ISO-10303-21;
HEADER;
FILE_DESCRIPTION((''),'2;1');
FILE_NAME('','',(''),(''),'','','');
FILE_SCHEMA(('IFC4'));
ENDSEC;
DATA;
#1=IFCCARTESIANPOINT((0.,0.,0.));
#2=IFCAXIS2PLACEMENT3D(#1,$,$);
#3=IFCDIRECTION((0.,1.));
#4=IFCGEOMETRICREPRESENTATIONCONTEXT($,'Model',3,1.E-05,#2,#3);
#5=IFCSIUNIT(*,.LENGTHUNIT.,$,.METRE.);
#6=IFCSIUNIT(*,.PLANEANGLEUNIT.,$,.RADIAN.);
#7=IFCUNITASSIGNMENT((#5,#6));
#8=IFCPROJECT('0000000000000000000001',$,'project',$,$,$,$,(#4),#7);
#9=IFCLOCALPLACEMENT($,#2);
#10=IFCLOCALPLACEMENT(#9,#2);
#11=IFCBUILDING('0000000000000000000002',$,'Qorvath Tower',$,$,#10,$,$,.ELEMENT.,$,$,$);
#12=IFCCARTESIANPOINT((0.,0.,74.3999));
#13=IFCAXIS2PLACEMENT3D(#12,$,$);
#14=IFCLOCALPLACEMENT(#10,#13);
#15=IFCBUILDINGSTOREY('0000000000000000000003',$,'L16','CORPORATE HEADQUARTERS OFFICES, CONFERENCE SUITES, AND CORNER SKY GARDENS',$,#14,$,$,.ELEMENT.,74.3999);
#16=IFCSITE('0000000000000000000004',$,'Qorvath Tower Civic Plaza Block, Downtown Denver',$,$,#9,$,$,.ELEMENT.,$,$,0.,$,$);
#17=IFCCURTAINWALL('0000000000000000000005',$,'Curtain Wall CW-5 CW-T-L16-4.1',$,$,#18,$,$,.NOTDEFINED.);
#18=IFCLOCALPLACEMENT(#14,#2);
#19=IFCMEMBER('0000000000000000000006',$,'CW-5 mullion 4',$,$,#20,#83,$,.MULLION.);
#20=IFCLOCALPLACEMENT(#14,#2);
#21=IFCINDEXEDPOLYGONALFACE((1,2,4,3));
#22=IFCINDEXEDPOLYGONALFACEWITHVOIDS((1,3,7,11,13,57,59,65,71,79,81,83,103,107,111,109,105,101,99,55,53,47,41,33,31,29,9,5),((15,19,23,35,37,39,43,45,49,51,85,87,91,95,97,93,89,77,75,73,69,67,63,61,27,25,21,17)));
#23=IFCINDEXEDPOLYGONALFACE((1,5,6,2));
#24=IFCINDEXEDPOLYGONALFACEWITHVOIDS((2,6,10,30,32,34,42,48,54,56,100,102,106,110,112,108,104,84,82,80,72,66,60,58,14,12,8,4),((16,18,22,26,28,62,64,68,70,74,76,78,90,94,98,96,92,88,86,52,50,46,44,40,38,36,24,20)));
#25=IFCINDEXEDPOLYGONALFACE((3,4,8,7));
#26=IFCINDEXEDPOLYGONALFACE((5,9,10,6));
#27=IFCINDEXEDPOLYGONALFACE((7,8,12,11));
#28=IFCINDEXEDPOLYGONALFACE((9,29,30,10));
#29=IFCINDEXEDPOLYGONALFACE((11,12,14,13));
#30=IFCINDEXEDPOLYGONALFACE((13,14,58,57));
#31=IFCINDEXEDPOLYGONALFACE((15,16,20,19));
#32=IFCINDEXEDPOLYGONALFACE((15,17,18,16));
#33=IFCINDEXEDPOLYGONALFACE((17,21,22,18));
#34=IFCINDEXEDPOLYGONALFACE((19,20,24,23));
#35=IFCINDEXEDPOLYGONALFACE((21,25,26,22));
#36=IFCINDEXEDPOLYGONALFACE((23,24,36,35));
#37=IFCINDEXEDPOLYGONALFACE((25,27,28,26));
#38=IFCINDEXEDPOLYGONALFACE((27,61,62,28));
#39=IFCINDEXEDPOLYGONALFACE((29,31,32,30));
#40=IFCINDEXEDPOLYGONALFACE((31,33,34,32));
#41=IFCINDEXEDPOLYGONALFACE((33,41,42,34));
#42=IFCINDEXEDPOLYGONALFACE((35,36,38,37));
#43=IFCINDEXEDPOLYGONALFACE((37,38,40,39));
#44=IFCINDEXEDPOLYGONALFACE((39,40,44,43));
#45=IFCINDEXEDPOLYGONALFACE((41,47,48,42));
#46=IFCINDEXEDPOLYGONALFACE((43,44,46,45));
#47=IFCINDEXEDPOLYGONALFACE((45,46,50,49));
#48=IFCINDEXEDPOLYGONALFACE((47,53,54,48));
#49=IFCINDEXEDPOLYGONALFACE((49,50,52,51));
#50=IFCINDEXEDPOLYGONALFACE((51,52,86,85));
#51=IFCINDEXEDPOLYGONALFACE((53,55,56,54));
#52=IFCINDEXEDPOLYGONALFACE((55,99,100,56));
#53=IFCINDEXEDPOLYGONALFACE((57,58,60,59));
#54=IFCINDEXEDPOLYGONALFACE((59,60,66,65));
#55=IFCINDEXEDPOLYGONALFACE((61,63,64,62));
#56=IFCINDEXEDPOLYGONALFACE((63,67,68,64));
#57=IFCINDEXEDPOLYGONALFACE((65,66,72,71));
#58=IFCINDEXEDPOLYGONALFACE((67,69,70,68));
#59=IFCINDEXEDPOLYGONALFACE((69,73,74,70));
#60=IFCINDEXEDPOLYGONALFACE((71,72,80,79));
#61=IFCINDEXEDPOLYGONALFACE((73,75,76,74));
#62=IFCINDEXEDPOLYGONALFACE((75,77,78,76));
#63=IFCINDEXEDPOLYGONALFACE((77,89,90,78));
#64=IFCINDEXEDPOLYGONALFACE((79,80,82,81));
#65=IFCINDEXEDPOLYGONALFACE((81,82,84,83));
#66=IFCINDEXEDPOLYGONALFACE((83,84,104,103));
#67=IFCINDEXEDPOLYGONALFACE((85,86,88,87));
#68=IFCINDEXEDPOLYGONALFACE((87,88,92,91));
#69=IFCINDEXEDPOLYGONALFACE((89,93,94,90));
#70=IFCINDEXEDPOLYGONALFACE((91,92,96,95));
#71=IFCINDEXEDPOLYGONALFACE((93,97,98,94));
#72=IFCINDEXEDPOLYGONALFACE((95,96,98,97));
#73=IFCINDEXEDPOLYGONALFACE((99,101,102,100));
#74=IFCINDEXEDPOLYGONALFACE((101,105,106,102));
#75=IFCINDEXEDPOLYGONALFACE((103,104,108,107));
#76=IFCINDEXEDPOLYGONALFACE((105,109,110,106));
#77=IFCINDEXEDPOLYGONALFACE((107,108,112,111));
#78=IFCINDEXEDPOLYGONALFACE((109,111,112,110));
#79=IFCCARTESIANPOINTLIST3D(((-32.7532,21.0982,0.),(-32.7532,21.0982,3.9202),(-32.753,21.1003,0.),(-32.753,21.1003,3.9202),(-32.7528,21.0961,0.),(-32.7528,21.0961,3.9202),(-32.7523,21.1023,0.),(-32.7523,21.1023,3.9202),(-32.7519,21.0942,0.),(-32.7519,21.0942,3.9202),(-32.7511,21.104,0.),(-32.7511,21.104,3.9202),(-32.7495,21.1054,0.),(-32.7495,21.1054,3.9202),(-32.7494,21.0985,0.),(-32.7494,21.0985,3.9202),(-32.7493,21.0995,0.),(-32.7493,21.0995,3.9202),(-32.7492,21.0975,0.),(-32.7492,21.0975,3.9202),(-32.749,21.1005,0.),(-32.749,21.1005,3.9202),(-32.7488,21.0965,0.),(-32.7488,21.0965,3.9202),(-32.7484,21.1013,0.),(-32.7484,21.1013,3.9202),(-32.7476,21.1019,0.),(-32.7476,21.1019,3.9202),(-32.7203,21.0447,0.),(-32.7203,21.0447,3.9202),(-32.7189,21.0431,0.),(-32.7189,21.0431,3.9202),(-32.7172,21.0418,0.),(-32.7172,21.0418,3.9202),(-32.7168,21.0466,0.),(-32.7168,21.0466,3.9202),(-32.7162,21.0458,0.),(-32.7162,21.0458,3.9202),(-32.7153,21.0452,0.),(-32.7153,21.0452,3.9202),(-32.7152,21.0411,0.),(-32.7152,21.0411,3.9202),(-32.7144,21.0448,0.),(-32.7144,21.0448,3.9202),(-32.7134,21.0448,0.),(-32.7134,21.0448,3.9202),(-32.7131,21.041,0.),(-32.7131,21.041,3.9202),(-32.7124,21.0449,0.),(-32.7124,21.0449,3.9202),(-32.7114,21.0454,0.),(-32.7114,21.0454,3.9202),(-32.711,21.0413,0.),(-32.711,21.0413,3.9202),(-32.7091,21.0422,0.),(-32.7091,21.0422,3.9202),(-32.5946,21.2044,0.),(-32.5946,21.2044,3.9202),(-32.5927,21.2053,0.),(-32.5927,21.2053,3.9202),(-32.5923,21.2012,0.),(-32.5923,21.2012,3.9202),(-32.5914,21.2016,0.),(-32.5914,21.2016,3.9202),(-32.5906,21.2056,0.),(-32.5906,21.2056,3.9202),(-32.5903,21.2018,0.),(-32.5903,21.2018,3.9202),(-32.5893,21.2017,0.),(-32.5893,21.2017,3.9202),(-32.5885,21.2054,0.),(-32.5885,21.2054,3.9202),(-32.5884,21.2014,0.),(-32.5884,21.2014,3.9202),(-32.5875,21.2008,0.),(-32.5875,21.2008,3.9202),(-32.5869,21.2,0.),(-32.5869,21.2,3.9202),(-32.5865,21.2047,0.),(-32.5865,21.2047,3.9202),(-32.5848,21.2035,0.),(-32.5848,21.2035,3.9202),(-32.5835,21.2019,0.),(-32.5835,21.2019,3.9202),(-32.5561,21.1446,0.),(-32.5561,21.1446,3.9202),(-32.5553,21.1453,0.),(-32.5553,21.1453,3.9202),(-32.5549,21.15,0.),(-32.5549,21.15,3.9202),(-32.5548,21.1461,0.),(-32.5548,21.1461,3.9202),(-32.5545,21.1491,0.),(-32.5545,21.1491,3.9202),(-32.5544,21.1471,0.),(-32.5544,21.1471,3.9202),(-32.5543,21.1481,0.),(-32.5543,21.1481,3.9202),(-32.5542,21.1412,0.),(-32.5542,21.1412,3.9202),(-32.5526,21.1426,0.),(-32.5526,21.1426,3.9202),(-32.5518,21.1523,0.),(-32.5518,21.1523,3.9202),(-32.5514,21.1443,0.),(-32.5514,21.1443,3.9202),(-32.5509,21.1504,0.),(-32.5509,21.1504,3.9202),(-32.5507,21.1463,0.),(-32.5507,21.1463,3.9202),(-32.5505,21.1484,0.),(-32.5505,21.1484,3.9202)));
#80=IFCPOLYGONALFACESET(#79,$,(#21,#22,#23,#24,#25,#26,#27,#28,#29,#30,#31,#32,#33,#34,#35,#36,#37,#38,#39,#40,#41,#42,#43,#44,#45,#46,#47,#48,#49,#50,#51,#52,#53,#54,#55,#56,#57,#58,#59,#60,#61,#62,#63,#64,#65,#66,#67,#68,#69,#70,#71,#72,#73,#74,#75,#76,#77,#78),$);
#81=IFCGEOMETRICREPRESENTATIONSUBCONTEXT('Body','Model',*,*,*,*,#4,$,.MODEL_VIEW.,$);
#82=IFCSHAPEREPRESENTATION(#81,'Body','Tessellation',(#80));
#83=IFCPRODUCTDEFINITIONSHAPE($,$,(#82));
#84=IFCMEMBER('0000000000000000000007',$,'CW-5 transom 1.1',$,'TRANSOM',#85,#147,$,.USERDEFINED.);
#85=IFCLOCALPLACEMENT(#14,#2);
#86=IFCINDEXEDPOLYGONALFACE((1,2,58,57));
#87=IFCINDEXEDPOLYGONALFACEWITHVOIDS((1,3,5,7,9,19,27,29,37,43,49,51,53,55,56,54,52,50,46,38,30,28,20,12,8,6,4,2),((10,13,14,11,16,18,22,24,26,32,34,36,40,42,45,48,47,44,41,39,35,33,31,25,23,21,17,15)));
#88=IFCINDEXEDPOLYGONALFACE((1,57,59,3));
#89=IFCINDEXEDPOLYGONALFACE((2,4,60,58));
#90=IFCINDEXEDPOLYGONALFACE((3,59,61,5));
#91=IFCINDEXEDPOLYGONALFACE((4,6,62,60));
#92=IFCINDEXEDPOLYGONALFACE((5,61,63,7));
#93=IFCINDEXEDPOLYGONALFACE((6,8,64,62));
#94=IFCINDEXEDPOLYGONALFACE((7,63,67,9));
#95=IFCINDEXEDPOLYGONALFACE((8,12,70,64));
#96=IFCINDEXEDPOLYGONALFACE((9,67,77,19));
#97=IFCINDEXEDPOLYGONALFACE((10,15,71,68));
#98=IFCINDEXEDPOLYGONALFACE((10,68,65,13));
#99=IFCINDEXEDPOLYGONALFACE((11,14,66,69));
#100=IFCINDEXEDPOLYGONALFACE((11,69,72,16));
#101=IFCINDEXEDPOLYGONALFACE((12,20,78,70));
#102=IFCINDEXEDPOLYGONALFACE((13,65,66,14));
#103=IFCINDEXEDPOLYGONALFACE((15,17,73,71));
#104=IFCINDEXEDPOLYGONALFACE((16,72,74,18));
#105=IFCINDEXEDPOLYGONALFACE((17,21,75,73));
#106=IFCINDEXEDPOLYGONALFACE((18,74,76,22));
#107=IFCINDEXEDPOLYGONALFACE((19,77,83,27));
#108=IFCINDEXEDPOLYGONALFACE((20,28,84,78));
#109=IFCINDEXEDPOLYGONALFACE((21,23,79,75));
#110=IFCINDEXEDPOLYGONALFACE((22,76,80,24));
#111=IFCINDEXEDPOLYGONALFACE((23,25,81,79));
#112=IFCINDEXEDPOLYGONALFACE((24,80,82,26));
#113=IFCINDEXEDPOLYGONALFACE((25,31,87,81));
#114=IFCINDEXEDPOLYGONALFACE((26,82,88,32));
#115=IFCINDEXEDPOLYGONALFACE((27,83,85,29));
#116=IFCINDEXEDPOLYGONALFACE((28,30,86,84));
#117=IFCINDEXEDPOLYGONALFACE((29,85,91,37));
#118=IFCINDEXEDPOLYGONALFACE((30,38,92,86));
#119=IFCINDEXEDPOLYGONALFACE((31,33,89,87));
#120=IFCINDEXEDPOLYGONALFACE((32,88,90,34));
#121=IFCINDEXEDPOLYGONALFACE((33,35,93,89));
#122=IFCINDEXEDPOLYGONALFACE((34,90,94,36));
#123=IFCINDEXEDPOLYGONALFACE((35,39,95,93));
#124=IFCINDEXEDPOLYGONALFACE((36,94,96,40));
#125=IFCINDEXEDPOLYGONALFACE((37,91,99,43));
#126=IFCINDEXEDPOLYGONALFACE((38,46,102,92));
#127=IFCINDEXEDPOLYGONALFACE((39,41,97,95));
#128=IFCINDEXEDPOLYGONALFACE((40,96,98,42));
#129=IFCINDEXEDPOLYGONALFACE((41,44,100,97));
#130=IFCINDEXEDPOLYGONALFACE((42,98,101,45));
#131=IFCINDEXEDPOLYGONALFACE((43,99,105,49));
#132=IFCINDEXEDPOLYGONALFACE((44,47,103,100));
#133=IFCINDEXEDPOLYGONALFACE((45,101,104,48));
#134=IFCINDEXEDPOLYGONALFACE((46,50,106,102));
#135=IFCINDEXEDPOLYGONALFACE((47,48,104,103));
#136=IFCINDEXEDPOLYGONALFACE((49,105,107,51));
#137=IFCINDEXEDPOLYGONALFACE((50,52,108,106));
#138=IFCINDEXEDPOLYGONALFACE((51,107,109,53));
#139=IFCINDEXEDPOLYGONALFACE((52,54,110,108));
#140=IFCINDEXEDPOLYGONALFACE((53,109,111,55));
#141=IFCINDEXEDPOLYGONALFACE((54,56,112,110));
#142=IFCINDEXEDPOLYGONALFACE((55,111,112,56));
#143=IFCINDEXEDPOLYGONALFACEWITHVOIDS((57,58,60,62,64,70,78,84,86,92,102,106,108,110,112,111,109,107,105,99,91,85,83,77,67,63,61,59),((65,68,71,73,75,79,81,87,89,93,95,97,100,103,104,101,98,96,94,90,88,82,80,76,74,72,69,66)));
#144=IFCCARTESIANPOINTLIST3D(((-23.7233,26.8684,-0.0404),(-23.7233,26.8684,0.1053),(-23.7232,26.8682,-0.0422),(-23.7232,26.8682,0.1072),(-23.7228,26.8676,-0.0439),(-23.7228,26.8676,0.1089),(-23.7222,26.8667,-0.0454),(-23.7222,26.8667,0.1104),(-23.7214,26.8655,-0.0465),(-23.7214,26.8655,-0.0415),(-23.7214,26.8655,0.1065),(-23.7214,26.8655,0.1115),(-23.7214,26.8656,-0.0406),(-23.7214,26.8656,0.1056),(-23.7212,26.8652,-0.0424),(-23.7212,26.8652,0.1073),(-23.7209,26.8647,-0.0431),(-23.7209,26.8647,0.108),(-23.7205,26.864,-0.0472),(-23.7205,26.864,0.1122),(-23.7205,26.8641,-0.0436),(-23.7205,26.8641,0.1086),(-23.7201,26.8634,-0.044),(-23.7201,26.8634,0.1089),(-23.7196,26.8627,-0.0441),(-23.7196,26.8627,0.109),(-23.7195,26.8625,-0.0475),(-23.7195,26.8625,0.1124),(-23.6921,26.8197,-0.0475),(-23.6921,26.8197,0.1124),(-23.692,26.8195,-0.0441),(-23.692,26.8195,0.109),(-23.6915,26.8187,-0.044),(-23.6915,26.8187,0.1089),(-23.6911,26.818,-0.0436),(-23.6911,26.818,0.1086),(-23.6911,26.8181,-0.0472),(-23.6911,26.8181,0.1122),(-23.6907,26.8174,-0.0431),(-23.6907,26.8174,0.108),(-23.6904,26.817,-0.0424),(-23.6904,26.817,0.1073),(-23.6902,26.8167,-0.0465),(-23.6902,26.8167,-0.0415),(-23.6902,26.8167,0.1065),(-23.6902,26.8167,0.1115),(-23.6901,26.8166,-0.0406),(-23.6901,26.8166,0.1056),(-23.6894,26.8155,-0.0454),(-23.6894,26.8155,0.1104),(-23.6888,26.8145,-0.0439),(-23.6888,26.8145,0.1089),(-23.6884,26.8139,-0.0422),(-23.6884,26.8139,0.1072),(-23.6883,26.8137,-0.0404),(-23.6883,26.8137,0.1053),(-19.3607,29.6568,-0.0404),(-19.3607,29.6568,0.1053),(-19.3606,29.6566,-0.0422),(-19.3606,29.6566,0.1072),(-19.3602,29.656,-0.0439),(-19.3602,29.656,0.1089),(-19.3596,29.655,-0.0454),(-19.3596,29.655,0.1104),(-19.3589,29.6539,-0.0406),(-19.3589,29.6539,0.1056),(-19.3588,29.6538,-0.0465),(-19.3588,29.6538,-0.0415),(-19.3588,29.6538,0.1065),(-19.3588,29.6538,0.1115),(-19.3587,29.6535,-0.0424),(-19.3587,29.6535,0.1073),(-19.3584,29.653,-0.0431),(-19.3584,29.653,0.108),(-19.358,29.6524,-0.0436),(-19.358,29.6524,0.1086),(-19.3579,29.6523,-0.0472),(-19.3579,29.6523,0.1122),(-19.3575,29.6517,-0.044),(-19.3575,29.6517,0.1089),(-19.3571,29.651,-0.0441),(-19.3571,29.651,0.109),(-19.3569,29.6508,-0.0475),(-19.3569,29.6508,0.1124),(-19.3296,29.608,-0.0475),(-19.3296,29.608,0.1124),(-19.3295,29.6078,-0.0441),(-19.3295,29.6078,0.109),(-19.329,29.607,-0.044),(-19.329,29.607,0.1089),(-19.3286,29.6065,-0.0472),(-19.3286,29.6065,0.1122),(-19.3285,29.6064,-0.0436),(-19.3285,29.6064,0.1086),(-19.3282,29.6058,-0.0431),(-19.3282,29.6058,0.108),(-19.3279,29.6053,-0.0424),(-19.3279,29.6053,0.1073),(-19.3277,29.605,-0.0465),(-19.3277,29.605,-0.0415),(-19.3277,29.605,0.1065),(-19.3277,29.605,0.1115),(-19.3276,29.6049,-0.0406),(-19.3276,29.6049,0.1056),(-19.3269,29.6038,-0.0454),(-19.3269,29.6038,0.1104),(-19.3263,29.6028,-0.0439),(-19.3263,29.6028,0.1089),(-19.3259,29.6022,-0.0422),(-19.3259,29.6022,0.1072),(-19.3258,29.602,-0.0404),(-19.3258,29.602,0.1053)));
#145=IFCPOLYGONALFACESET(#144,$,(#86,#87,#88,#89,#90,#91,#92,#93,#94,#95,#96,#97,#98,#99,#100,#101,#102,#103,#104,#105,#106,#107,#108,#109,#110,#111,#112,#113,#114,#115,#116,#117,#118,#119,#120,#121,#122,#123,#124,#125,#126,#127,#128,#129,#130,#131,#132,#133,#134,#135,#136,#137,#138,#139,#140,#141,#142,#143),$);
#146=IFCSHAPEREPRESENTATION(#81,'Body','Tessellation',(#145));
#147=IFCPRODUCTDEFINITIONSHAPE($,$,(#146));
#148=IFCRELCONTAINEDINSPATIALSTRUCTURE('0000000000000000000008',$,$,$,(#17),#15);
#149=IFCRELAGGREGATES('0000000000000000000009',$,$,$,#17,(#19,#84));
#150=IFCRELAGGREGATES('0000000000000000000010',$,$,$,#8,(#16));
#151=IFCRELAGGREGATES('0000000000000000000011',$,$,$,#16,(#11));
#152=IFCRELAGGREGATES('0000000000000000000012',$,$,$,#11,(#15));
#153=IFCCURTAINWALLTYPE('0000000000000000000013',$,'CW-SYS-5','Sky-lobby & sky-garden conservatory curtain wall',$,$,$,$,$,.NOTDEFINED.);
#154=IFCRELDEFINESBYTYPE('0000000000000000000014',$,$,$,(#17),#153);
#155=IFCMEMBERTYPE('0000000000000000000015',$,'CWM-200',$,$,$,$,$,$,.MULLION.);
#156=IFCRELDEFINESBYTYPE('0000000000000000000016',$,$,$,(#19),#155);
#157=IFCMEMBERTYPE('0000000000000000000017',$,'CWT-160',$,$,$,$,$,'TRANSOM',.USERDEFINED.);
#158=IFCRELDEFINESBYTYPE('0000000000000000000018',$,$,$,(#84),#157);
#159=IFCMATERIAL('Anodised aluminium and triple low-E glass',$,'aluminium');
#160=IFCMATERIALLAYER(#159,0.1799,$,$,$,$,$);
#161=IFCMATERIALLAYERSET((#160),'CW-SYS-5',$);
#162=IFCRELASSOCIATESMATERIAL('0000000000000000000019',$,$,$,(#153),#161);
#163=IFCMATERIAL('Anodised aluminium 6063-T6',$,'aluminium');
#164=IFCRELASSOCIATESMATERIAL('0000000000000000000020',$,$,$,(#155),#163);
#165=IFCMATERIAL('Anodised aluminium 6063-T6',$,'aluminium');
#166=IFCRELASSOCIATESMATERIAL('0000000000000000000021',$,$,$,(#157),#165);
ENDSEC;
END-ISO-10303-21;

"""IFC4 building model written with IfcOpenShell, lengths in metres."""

from ifc_helpers import new_model, si_unit, direction, frame, origin, origin_2d, place, context, subcontext, project, spatial, hollow_rectangle, extrude, material, layer, layer_set, material_profile, profile_set, type_object, element, aggregate, save


model = new_model("IFC4")

# Units and contexts
model_context = context("Model", 3, precision=1e-05, world=origin(), true_north=direction((0.0, 1.0)))
body_context = subcontext(model_context, "Body", "Model", "MODEL_VIEW")
ifc_project = project(units=[si_unit("LENGTHUNIT", "METRE"), si_unit("PLANEANGLEUNIT", "RADIAN")], contexts=[model_context])

# Site, building, storey
site_placement = place(None, origin())
site = spatial("IfcSite", under=ifc_project, at=site_placement, Name="Qorvath Tower Civic Plaza Block, Downtown Denver", CompositionType="ELEMENT", RefElevation=0.0)
building_placement = place(site_placement, origin())
building = spatial("IfcBuilding", under=site, at=building_placement, Name="Qorvath Tower", CompositionType="ELEMENT")
storey_placement = place(building_placement, frame((0.0, 0.0, 74.3999)))
storey = spatial("IfcBuildingStorey", under=building, at=storey_placement, Name="L16", Description="CORPORATE HEADQUARTERS OFFICES, CONFERENCE SUITES, AND CORNER SKY GARDENS", CompositionType="ELEMENT", Elevation=74.3999)

# Curtain wall, members
ifc_material_1 = material(Name="Anodised aluminium and triple low-E glass", Category="aluminium")
ifc_layer_1 = layer(ifc_material_1, 0.1799)
ifc_layer_set_1 = layer_set([ifc_layer_1], Name="CW-SYS-5")
curtain_wall_type = type_object("IfcCurtainWallType", Name="CW-SYS-5", Description="Sky-lobby & sky-garden conservatory curtain wall", PredefinedType="NOTDEFINED", material=ifc_layer_set_1)
curtain_wall_placement = place(storey_placement, origin())
curtain_wall = element("IfcCurtainWall", 1, at=curtain_wall_placement, inside=storey, type_object=curtain_wall_type, Name="Curtain Wall CW-5 CW-T-L16-4.1", PredefinedType="NOTDEFINED")
ifc_material_2 = material(Name="Anodised aluminium 6063-T6", Category="aluminium")
ifc_material_profile_1 = material_profile(ifc_material_2, hollow_rectangle(XDim=0.075, YDim=0.2, WallThickness=0.0039, InnerFilletRadius=0.0039, OuterFilletRadius=0.0081, at=origin_2d()), Name="CWM 200x75")
ifc_profile_set_1 = profile_set([ifc_material_profile_1], Name="Anodised aluminium 6063-T6")
member_type_1 = type_object("IfcMemberType", Name="CWM-200", PredefinedType="MULLION", material=ifc_profile_set_1)
member_1_placement = place(storey_placement, frame((-32.6519, 21.1233, 0.0), z_axis=(0.0, 0.0, 1.0), x_axis=(0.538533, -0.842604, 0.0)))
member_1 = element("IfcMember", 2, at=member_1_placement, type_object=member_type_1, Name="CW-5 mullion 4", PredefinedType="MULLION", context=body_context, shape_type="SweptSolid", body=[
    extrude(hollow_rectangle(XDim=0.075, YDim=0.2, WallThickness=0.0039, InnerFilletRadius=0.0039, OuterFilletRadius=0.0081, at=origin_2d()), origin(), (0.0, 0.0, 1.0), 3.9202),
])
ifc_material_3 = material(Name="Anodised aluminium 6063-T6", Category="aluminium")
ifc_material_profile_2 = material_profile(ifc_material_3, hollow_rectangle(XDim=0.0649, YDim=0.1599, WallThickness=0.0034, InnerFilletRadius=0.0034, OuterFilletRadius=0.0071, at=origin_2d()), Name="CWT 160x65")
ifc_profile_set_2 = profile_set([ifc_material_profile_2], Name="Anodised aluminium 6063-T6")
member_type_2 = type_object("IfcMemberType", Name="CWT-160", ElementType="TRANSOM", PredefinedType="USERDEFINED", material=ifc_profile_set_2)
member_2_placement = place(storey_placement, frame((-19.3433, 29.6294, 0.0325), z_axis=(-0.842596, -0.538546, 0.0), x_axis=(0.538546, -0.842596, 0.0)))
member_2 = element("IfcMember", 3, at=member_2_placement, type_object=member_type_2, Name="CW-5 transom 1.1", ObjectType="TRANSOM", PredefinedType="USERDEFINED", context=body_context, shape_type="SweptSolid", body=[
    extrude(hollow_rectangle(XDim=0.0649, YDim=0.1599, WallThickness=0.0034, InnerFilletRadius=0.0034, OuterFilletRadius=0.0071, at=origin_2d()), origin(), (0.0, 0.0, 1.0), 5.1775),
])
aggregate(curtain_wall, [member_1, member_2])

save(model, "model.ifc")
